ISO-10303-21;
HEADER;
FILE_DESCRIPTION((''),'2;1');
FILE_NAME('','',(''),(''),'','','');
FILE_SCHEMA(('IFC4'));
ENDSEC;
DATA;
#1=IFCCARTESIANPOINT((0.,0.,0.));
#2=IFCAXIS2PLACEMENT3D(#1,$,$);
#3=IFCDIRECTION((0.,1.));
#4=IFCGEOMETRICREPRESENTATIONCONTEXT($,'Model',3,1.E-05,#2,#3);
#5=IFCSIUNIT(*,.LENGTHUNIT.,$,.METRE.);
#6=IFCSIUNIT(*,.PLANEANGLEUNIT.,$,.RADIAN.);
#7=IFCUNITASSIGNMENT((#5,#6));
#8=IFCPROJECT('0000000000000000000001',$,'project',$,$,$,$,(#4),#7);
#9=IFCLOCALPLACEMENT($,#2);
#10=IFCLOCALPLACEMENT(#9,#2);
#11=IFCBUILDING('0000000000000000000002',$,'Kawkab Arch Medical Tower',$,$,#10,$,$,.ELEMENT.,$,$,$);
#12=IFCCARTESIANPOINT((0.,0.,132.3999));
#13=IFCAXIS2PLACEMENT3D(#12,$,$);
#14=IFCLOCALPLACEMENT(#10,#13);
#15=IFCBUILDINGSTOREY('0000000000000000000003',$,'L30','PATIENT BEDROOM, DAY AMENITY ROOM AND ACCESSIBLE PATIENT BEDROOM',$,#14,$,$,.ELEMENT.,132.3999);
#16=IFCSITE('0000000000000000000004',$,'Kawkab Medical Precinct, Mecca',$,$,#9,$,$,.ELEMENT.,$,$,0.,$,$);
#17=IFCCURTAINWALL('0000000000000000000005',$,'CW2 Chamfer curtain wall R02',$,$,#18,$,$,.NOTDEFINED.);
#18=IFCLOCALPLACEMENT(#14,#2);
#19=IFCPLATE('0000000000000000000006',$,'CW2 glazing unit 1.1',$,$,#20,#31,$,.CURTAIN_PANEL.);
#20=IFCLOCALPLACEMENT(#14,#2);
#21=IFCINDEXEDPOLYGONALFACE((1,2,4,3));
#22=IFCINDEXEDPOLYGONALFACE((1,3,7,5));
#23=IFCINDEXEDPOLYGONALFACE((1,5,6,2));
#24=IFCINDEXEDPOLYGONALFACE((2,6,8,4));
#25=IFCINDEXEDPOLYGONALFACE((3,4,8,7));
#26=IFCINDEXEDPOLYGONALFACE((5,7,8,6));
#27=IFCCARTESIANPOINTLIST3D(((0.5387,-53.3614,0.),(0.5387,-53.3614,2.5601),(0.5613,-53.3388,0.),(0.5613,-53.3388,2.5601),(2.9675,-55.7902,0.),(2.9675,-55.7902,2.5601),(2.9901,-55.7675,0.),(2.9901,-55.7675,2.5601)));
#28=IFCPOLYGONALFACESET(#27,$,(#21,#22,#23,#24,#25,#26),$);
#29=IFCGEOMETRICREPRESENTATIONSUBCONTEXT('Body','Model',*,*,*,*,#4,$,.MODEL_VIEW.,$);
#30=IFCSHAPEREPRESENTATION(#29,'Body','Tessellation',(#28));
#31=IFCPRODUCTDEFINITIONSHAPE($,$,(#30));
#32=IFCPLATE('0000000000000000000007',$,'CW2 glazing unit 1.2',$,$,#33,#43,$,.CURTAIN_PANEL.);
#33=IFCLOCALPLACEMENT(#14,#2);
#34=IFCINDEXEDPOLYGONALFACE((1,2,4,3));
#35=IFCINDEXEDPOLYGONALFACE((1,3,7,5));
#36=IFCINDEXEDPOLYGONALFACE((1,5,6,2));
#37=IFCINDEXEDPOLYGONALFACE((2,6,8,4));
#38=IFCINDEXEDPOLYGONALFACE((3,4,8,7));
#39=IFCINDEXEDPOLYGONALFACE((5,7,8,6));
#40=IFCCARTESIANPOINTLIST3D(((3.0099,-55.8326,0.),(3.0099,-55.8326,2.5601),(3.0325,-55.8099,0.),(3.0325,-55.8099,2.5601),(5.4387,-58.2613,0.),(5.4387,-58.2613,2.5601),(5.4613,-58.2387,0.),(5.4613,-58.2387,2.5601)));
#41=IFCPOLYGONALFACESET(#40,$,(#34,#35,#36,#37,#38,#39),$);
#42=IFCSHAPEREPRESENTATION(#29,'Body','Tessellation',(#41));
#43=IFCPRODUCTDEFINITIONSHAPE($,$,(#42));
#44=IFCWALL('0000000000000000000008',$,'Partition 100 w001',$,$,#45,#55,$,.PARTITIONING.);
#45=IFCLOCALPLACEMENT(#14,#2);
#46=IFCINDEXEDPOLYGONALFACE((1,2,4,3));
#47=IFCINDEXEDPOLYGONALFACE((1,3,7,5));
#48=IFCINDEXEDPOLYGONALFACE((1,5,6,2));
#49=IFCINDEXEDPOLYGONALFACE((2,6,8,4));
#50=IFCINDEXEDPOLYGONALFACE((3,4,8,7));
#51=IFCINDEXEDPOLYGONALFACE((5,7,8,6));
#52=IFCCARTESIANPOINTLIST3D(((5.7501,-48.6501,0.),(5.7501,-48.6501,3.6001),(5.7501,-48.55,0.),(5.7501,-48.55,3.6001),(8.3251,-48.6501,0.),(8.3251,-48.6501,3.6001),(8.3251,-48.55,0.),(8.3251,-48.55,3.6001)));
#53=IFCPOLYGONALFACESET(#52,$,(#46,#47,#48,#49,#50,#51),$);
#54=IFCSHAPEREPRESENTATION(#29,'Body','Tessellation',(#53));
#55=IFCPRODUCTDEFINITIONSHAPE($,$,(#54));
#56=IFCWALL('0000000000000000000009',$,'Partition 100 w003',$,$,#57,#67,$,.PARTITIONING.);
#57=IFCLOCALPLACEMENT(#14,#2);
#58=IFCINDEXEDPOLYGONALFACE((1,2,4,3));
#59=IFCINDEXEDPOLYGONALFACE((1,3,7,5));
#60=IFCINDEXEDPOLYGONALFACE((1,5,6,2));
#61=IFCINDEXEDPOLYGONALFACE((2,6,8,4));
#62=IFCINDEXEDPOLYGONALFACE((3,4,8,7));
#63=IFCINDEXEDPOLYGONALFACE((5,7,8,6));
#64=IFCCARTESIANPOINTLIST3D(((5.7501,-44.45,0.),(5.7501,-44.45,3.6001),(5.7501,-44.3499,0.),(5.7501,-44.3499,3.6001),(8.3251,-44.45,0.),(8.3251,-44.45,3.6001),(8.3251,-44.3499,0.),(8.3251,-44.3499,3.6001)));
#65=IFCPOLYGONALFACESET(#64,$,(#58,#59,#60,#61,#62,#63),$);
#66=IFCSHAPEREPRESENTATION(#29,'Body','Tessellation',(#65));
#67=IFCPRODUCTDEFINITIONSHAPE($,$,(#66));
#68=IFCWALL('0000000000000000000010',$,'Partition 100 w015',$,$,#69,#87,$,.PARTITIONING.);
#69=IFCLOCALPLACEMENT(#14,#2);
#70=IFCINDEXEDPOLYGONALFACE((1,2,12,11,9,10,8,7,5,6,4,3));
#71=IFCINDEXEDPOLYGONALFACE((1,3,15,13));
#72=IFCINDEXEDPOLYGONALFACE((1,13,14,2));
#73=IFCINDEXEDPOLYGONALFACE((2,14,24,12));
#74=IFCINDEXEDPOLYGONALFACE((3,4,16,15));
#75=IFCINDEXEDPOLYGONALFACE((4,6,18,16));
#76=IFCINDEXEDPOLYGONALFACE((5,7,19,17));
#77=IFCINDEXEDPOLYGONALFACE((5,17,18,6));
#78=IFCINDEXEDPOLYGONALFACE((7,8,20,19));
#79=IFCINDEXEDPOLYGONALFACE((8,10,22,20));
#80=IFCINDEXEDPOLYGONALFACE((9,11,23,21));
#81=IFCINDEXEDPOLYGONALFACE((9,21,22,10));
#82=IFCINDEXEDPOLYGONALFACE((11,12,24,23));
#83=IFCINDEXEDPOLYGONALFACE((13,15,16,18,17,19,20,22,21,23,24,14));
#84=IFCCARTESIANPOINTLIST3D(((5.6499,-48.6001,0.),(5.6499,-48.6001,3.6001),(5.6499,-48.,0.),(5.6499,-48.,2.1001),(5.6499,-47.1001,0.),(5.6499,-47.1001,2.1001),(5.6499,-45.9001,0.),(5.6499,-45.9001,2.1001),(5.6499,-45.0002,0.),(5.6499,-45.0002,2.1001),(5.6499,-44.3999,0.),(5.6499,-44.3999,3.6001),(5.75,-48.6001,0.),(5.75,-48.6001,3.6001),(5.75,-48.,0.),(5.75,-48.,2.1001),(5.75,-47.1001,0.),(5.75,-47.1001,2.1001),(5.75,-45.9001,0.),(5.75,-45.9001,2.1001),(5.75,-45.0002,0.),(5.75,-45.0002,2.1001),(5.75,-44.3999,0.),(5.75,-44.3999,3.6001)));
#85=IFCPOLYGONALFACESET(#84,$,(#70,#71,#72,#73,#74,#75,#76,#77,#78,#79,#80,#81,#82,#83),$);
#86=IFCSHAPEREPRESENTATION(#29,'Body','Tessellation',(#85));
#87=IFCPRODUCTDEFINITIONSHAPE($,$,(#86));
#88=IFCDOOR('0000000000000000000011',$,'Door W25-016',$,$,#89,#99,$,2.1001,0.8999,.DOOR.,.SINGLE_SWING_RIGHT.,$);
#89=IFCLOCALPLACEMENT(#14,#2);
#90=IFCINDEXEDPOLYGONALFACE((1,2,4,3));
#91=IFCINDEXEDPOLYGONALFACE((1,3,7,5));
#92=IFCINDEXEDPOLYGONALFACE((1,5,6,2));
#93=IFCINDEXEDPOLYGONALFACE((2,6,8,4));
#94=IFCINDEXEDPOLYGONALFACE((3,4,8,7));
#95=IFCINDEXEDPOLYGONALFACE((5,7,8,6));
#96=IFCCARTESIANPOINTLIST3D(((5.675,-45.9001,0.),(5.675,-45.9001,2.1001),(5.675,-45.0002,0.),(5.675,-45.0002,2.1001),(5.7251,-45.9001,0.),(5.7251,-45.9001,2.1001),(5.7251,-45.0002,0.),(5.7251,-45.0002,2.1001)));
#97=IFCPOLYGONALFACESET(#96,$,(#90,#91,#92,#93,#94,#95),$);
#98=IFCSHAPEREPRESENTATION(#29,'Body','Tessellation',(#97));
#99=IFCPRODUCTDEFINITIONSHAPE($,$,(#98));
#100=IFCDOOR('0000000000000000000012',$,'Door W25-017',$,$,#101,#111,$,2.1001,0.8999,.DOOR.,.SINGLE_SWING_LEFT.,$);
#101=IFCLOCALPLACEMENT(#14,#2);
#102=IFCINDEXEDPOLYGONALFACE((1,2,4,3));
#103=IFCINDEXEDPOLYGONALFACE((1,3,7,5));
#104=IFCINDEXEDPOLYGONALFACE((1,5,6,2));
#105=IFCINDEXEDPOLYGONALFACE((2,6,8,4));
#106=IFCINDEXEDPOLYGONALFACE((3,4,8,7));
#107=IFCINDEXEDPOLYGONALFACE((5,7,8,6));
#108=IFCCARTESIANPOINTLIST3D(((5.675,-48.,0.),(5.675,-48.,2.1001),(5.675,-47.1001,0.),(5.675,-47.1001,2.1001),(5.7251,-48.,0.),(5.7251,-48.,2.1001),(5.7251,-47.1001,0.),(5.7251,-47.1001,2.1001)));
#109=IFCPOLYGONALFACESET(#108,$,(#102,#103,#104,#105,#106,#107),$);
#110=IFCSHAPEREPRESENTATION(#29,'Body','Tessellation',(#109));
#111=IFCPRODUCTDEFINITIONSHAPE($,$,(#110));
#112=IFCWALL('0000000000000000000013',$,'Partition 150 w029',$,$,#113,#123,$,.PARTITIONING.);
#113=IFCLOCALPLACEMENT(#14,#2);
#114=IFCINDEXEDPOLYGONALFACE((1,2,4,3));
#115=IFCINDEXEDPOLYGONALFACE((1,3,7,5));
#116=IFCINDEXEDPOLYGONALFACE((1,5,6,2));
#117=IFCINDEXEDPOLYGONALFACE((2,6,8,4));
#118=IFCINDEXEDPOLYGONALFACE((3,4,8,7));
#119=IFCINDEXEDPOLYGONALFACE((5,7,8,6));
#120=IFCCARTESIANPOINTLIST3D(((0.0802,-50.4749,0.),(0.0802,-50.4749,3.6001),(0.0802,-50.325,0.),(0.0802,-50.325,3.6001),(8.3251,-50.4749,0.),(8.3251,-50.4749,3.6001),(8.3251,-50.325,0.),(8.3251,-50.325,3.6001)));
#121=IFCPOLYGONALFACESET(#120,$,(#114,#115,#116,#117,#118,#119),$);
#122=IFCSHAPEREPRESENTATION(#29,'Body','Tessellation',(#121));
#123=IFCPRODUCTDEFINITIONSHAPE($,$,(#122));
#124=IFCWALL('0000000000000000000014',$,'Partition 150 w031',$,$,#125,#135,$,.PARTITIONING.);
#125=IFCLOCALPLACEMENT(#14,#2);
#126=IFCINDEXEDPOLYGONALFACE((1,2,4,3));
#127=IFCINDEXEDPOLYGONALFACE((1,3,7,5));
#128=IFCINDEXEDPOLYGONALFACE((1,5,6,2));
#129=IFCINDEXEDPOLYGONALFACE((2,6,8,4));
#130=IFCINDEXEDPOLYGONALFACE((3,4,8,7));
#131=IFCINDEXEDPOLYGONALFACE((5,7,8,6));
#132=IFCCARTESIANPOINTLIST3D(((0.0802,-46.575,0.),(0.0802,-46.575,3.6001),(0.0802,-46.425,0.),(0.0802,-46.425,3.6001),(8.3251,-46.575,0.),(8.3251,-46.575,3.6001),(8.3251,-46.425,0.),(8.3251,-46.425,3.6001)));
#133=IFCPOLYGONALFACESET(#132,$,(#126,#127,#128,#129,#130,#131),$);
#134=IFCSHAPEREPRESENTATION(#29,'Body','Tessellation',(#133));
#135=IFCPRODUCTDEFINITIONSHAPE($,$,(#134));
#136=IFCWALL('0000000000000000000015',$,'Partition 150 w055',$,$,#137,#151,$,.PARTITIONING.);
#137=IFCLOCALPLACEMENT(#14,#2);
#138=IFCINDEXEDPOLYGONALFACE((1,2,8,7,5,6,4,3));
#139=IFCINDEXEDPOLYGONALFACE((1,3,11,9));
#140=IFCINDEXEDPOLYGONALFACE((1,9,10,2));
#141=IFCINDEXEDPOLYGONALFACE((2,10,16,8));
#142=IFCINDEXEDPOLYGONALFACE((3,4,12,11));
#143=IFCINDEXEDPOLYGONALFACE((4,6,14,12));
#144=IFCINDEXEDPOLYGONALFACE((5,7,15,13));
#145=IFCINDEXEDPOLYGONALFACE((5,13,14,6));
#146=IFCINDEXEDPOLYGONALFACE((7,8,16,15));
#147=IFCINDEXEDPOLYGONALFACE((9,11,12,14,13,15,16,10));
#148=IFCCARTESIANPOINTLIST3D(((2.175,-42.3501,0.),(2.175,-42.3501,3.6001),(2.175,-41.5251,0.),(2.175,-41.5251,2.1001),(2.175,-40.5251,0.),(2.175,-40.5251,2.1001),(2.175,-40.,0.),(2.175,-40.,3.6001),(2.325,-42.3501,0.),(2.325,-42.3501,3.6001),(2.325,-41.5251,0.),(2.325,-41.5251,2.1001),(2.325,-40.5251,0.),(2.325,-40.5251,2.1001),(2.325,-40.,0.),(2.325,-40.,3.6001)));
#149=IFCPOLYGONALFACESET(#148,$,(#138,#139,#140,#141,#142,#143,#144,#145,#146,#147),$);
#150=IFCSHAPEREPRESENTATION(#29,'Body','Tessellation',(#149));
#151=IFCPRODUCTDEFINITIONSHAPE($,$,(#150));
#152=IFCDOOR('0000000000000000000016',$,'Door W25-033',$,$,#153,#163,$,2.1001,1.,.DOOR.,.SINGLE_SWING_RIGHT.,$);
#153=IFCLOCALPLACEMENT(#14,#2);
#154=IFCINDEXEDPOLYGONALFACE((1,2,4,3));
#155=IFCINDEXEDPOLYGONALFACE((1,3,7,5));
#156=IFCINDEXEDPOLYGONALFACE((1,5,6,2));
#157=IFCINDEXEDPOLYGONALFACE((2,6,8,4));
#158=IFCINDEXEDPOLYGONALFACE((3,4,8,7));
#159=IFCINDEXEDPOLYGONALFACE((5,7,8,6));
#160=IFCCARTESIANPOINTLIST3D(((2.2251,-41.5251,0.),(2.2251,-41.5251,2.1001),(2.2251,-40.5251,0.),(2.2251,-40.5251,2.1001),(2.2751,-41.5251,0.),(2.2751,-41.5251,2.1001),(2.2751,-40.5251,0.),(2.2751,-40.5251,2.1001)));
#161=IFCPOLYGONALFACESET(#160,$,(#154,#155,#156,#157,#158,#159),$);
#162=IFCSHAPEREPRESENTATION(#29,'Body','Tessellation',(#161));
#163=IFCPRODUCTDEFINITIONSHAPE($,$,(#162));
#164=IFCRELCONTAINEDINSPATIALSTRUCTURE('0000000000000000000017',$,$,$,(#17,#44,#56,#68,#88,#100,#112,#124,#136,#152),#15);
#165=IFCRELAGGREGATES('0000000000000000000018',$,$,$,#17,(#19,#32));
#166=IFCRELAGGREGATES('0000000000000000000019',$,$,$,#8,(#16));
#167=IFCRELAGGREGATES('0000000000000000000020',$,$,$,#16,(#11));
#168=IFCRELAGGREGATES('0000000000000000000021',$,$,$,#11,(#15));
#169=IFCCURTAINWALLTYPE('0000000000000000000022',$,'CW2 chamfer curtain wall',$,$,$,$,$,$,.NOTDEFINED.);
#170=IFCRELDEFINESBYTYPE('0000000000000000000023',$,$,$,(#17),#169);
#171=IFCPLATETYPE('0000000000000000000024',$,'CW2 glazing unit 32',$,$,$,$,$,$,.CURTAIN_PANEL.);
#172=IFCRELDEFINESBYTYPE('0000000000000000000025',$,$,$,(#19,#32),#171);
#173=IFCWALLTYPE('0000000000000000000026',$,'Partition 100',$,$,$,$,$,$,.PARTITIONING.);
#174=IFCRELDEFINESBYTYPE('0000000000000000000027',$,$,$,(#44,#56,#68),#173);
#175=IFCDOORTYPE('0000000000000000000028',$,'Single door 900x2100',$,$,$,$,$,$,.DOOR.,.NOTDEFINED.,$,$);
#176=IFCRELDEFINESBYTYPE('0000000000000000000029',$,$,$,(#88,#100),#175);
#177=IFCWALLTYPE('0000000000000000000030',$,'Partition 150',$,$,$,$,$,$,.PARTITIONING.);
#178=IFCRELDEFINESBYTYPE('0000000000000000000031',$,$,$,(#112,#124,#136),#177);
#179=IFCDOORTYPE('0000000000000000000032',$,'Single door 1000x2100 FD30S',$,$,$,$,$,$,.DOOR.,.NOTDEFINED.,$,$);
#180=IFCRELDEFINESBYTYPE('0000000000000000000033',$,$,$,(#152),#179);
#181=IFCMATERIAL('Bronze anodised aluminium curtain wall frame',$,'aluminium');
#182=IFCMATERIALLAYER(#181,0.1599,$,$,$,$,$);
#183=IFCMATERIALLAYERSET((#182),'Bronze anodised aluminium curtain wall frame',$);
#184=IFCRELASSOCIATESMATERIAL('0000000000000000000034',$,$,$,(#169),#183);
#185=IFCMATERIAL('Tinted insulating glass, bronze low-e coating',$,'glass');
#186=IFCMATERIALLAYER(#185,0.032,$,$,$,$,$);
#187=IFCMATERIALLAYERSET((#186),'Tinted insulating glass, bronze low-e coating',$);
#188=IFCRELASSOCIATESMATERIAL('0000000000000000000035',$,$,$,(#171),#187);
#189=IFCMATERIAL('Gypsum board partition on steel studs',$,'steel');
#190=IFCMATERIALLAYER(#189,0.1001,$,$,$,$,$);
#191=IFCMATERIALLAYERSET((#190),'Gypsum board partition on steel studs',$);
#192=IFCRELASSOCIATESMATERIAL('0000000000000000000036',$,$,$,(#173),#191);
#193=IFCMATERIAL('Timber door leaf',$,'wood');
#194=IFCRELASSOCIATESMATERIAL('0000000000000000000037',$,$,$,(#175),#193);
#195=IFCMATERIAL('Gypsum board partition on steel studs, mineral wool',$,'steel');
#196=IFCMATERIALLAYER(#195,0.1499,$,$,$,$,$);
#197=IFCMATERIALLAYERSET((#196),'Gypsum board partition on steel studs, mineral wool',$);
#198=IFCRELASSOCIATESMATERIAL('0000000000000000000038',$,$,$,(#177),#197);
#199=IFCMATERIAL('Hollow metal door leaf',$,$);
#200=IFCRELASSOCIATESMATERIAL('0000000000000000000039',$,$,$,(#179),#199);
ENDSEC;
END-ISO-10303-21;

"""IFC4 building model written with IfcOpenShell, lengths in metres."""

from ifc_helpers import new_model, si_unit, direction, frame, frame_2d, origin, origin_2d, place, context, subcontext, project, spatial, rectangle, extrude, material, layer, layer_set, type_object, element, fill, aggregate, save


model = new_model("IFC4")

# Units and contexts
model_context = context("Model", 3, precision=1e-05, world=origin(), true_north=direction((0.0, 1.0)))
body_context = subcontext(model_context, "Body", "Model", "MODEL_VIEW")
ifc_project = project(units=[si_unit("LENGTHUNIT", "METRE"), si_unit("PLANEANGLEUNIT", "RADIAN")], contexts=[model_context])

# Site, building, storey
site_placement = place(None, origin())
site = spatial("IfcSite", under=ifc_project, at=site_placement, Name="Kawkab Medical Precinct, Mecca", CompositionType="ELEMENT", RefElevation=0.0)
building_placement = place(site_placement, origin())
building = spatial("IfcBuilding", under=site, at=building_placement, Name="Kawkab Arch Medical Tower", CompositionType="ELEMENT")
storey_placement = place(building_placement, frame((0.0, 0.0, 132.3999)))
storey = spatial("IfcBuildingStorey", under=building, at=storey_placement, Name="L30", Description="PATIENT BEDROOM, DAY AMENITY ROOM AND ACCESSIBLE PATIENT BEDROOM", CompositionType="ELEMENT", Elevation=132.3999)

# Shared definitions
placement = place(storey_placement, origin())

# Curtain wall
ifc_material_1 = material(Name="Bronze anodised aluminium curtain wall frame", Category="aluminium")
ifc_layer_1 = layer(ifc_material_1, 0.1599)
ifc_layer_set_1 = layer_set([ifc_layer_1], Name="Bronze anodised aluminium curtain wall frame")
curtain_wall_type_1 = type_object("IfcCurtainWallType", Name="CW2 chamfer curtain wall", PredefinedType="NOTDEFINED", material=ifc_layer_set_1)
curtain_wall_1 = element("IfcCurtainWall", 1, at=placement, inside=storey, type_object=curtain_wall_type_1, Name="CW2 Chamfer curtain wall R02", PredefinedType="NOTDEFINED")

# Plates
ifc_material_2 = material(Name="Tinted insulating glass, bronze low-e coating", Category="glass")
ifc_layer_2 = layer(ifc_material_2, 0.032)
ifc_layer_set_2 = layer_set([ifc_layer_2], Name="Tinted insulating glass, bronze low-e coating")
plate_type_1 = type_object("IfcPlateType", Name="CW2 glazing unit 32", PredefinedType="CURTAIN_PANEL", material=ifc_layer_set_2)
plate_1_placement = place(storey_placement, frame((1.7644, -54.5645, 0.0), z_axis=(0.0, 0.0, 1.0), x_axis=(0.707107, -0.707107, 0.0)))
plate_1 = element("IfcPlate", 2, at=plate_1_placement, type_object=plate_type_1, Name="CW2 glazing unit 1.1", PredefinedType="CURTAIN_PANEL", context=body_context, shape_type="SweptSolid", body=[
    extrude(rectangle(XDim=3.4348, YDim=0.032, at=origin_2d()), origin(), (0.0, 0.0, 1.0), 2.5601),
])
plate_2_placement = place(storey_placement, frame((4.2356, -57.0356, 0.0), z_axis=(0.0, 0.0, 1.0), x_axis=(0.707107, -0.707107, 0.0)))
plate_2 = element("IfcPlate", 3, at=plate_2_placement, type_object=plate_type_1, Name="CW2 glazing unit 1.2", PredefinedType="CURTAIN_PANEL", context=body_context, shape_type="SweptSolid", body=[
    extrude(rectangle(XDim=3.4348, YDim=0.032, at=origin_2d()), origin(), (0.0, 0.0, 1.0), 2.5601),
])
aggregate(curtain_wall_1, [plate_1, plate_2])

# Walls
ifc_material_3 = material(Name="Gypsum board partition on steel studs", Category="steel")
ifc_layer_3 = layer(ifc_material_3, 0.1001)
ifc_layer_set_3 = layer_set([ifc_layer_3], Name="Gypsum board partition on steel studs")
wall_type_1 = type_object("IfcWallType", Name="Partition 100", PredefinedType="PARTITIONING", material=ifc_layer_set_3)
for number, where, z_axis, x_axis, name in (
    (4, (5.75, -48.6001, 0.0), (0.0, 0.0, 1.0), (1.0, 0.0, 0.0), "Partition 100 w001"),
    (5, (5.75, -44.3999, 0.0), (0.0, 0.0, 1.0), (1.0, 0.0, 0.0), "Partition 100 w003"),
):
    element("IfcWall", number, at=place(storey_placement, frame(where, z_axis=z_axis, x_axis=x_axis)), inside=storey, type_object=wall_type_1, Name=name, PredefinedType="PARTITIONING", context=body_context, shape_type="SweptSolid", body=[
        extrude(rectangle(XDim=2.575, YDim=0.1001, at=frame_2d((1.2876, 0.0))), origin(), (0.0, 0.0, 1.0), 3.6001),
    ])

# Wall, openings, doors
wall_1_placement = place(storey_placement, frame((5.7, -48.6001, 0.0), z_axis=(0.0, 0.0, 1.0), x_axis=(0.0, 1.0, 0.0)))
wall_1 = element("IfcWall", 6, at=wall_1_placement, inside=storey, type_object=wall_type_1, Name="Partition 100 w015", PredefinedType="PARTITIONING", context=body_context, shape_type="SweptSolid", body=[
    extrude(rectangle(XDim=4.2002, YDim=0.1001, at=frame_2d((2.1001, 0.0))), origin(), (0.0, 0.0, 1.0), 3.6001),
])
opening_1_placement = place(wall_1_placement, frame((2.7, 0.0, 0.0)))
opening_1 = element("IfcOpeningElement", 7, at=opening_1_placement, cuts=wall_1, PredefinedType="OPENING", context=body_context, shape_type="SweptSolid", body=[
    extrude(rectangle(XDim=0.8999, YDim=2.1001, at=frame_2d((0.45, 1.05))), frame((0.0, 0.0601, 0.0), z_axis=(0.0, -1.0, 0.0), x_axis=(1.0, 0.0, 0.0)), (0.0, 0.0, 1.0), 0.1201),
])
opening_2_placement = place(wall_1_placement, frame((0.6001, 0.0, 0.0)))
opening_2 = element("IfcOpeningElement", 8, at=opening_2_placement, cuts=wall_1, PredefinedType="OPENING", context=body_context, shape_type="SweptSolid", body=[
    extrude(rectangle(XDim=0.8999, YDim=2.1001, at=frame_2d((0.45, 1.05))), frame((0.0, 0.0601, 0.0), z_axis=(0.0, -1.0, 0.0), x_axis=(1.0, 0.0, 0.0)), (0.0, 0.0, 1.0), 0.1201),
])
ifc_material_4 = material(Name="Timber door leaf", Category="wood")
door_type_1 = type_object("IfcDoorType", Name="Single door 900x2100", OperationType="NOTDEFINED", PredefinedType="DOOR", material=ifc_material_4)
door_1_placement = place(opening_1_placement, origin())
door_1 = element("IfcDoor", 9, at=door_1_placement, inside=storey, type_object=door_type_1, Name="Door W25-016", OperationType="SINGLE_SWING_RIGHT", OverallHeight=2.1001, OverallWidth=0.8999, PredefinedType="DOOR", context=body_context, shape_type="SweptSolid", body=[
    extrude(rectangle(XDim=0.8999, YDim=2.1001, at=frame_2d((0.45, 1.05))), frame((0.0, 0.0249, 0.0), z_axis=(0.0, -1.0, 0.0), x_axis=(1.0, 0.0, 0.0)), (0.0, 0.0, 1.0), 0.05),
])
fill(opening_1, door_1)
door_2_placement = place(opening_2_placement, origin())
door_2 = element("IfcDoor", 10, at=door_2_placement, inside=storey, type_object=door_type_1, Name="Door W25-017", OperationType="SINGLE_SWING_LEFT", OverallHeight=2.1001, OverallWidth=0.8999, PredefinedType="DOOR", context=body_context, shape_type="SweptSolid", body=[
    extrude(rectangle(XDim=0.8999, YDim=2.1001, at=frame_2d((0.45, 1.05))), frame((0.0, 0.0249, 0.0), z_axis=(0.0, -1.0, 0.0), x_axis=(1.0, 0.0, 0.0)), (0.0, 0.0, 1.0), 0.05),
])
fill(opening_2, door_2)

# Walls
ifc_material_5 = material(Name="Gypsum board partition on steel studs, mineral wool", Category="steel")
ifc_layer_4 = layer(ifc_material_5, 0.1499)
ifc_layer_set_4 = layer_set([ifc_layer_4], Name="Gypsum board partition on steel studs, mineral wool")
wall_type_2 = type_object("IfcWallType", Name="Partition 150", PredefinedType="PARTITIONING", material=ifc_layer_set_4)
for number, where, z_axis, x_axis, name in (
    (11, (0.0801, -50.3999, 0.0), (0.0, 0.0, 1.0), (1.0, 0.0, 0.0), "Partition 150 w029"),
    (12, (0.0801, -46.5, 0.0), (0.0, 0.0, 1.0), (1.0, 0.0, 0.0), "Partition 150 w031"),
):
    element("IfcWall", number, at=place(storey_placement, frame(where, z_axis=z_axis, x_axis=x_axis)), inside=storey, type_object=wall_type_2, Name=name, PredefinedType="PARTITIONING", context=body_context, shape_type="SweptSolid", body=[
        extrude(rectangle(XDim=8.2449, YDim=0.1499, at=frame_2d((4.1226, 0.0))), origin(), (0.0, 0.0, 1.0), 3.6001),
    ])

# Wall, opening, door
wall_2_placement = place(storey_placement, frame((2.25, -42.3501, 0.0), z_axis=(0.0, 0.0, 1.0), x_axis=(0.0, 1.0, 0.0)))
wall_2 = element("IfcWall", 13, at=wall_2_placement, inside=storey, type_object=wall_type_2, Name="Partition 150 w055", PredefinedType="PARTITIONING", context=body_context, shape_type="SweptSolid", body=[
    extrude(rectangle(XDim=2.3501, YDim=0.1499, at=frame_2d((1.175, 0.0))), origin(), (0.0, 0.0, 1.0), 3.6001),
])
opening_3_placement = place(wall_2_placement, frame((0.825, 0.0, 0.0)))
opening_3 = element("IfcOpeningElement", 14, at=opening_3_placement, cuts=wall_2, PredefinedType="OPENING", context=body_context, shape_type="SweptSolid", body=[
    extrude(rectangle(XDim=1.0, YDim=2.1001, at=frame_2d((0.5, 1.05))), frame((0.0, 0.085, 0.0), z_axis=(0.0, -1.0, 0.0), x_axis=(1.0, 0.0, 0.0)), (0.0, 0.0, 1.0), 0.1699),
])
ifc_material_6 = material(Name="Hollow metal door leaf")
door_type_2 = type_object("IfcDoorType", Name="Single door 1000x2100 FD30S", OperationType="NOTDEFINED", PredefinedType="DOOR", material=ifc_material_6)
door_3_placement = place(opening_3_placement, origin())
door_3 = element("IfcDoor", 15, at=door_3_placement, inside=storey, type_object=door_type_2, Name="Door W25-033", OperationType="SINGLE_SWING_RIGHT", OverallHeight=2.1001, OverallWidth=1.0, PredefinedType="DOOR", context=body_context, shape_type="SweptSolid", body=[
    extrude(rectangle(XDim=1.0, YDim=2.1001, at=frame_2d((0.5, 1.05))), frame((0.0, 0.0249, 0.0), z_axis=(0.0, -1.0, 0.0), x_axis=(1.0, 0.0, 0.0)), (0.0, 0.0, 1.0), 0.05),
])
fill(opening_3, door_3)

save(model, "model.ifc")
